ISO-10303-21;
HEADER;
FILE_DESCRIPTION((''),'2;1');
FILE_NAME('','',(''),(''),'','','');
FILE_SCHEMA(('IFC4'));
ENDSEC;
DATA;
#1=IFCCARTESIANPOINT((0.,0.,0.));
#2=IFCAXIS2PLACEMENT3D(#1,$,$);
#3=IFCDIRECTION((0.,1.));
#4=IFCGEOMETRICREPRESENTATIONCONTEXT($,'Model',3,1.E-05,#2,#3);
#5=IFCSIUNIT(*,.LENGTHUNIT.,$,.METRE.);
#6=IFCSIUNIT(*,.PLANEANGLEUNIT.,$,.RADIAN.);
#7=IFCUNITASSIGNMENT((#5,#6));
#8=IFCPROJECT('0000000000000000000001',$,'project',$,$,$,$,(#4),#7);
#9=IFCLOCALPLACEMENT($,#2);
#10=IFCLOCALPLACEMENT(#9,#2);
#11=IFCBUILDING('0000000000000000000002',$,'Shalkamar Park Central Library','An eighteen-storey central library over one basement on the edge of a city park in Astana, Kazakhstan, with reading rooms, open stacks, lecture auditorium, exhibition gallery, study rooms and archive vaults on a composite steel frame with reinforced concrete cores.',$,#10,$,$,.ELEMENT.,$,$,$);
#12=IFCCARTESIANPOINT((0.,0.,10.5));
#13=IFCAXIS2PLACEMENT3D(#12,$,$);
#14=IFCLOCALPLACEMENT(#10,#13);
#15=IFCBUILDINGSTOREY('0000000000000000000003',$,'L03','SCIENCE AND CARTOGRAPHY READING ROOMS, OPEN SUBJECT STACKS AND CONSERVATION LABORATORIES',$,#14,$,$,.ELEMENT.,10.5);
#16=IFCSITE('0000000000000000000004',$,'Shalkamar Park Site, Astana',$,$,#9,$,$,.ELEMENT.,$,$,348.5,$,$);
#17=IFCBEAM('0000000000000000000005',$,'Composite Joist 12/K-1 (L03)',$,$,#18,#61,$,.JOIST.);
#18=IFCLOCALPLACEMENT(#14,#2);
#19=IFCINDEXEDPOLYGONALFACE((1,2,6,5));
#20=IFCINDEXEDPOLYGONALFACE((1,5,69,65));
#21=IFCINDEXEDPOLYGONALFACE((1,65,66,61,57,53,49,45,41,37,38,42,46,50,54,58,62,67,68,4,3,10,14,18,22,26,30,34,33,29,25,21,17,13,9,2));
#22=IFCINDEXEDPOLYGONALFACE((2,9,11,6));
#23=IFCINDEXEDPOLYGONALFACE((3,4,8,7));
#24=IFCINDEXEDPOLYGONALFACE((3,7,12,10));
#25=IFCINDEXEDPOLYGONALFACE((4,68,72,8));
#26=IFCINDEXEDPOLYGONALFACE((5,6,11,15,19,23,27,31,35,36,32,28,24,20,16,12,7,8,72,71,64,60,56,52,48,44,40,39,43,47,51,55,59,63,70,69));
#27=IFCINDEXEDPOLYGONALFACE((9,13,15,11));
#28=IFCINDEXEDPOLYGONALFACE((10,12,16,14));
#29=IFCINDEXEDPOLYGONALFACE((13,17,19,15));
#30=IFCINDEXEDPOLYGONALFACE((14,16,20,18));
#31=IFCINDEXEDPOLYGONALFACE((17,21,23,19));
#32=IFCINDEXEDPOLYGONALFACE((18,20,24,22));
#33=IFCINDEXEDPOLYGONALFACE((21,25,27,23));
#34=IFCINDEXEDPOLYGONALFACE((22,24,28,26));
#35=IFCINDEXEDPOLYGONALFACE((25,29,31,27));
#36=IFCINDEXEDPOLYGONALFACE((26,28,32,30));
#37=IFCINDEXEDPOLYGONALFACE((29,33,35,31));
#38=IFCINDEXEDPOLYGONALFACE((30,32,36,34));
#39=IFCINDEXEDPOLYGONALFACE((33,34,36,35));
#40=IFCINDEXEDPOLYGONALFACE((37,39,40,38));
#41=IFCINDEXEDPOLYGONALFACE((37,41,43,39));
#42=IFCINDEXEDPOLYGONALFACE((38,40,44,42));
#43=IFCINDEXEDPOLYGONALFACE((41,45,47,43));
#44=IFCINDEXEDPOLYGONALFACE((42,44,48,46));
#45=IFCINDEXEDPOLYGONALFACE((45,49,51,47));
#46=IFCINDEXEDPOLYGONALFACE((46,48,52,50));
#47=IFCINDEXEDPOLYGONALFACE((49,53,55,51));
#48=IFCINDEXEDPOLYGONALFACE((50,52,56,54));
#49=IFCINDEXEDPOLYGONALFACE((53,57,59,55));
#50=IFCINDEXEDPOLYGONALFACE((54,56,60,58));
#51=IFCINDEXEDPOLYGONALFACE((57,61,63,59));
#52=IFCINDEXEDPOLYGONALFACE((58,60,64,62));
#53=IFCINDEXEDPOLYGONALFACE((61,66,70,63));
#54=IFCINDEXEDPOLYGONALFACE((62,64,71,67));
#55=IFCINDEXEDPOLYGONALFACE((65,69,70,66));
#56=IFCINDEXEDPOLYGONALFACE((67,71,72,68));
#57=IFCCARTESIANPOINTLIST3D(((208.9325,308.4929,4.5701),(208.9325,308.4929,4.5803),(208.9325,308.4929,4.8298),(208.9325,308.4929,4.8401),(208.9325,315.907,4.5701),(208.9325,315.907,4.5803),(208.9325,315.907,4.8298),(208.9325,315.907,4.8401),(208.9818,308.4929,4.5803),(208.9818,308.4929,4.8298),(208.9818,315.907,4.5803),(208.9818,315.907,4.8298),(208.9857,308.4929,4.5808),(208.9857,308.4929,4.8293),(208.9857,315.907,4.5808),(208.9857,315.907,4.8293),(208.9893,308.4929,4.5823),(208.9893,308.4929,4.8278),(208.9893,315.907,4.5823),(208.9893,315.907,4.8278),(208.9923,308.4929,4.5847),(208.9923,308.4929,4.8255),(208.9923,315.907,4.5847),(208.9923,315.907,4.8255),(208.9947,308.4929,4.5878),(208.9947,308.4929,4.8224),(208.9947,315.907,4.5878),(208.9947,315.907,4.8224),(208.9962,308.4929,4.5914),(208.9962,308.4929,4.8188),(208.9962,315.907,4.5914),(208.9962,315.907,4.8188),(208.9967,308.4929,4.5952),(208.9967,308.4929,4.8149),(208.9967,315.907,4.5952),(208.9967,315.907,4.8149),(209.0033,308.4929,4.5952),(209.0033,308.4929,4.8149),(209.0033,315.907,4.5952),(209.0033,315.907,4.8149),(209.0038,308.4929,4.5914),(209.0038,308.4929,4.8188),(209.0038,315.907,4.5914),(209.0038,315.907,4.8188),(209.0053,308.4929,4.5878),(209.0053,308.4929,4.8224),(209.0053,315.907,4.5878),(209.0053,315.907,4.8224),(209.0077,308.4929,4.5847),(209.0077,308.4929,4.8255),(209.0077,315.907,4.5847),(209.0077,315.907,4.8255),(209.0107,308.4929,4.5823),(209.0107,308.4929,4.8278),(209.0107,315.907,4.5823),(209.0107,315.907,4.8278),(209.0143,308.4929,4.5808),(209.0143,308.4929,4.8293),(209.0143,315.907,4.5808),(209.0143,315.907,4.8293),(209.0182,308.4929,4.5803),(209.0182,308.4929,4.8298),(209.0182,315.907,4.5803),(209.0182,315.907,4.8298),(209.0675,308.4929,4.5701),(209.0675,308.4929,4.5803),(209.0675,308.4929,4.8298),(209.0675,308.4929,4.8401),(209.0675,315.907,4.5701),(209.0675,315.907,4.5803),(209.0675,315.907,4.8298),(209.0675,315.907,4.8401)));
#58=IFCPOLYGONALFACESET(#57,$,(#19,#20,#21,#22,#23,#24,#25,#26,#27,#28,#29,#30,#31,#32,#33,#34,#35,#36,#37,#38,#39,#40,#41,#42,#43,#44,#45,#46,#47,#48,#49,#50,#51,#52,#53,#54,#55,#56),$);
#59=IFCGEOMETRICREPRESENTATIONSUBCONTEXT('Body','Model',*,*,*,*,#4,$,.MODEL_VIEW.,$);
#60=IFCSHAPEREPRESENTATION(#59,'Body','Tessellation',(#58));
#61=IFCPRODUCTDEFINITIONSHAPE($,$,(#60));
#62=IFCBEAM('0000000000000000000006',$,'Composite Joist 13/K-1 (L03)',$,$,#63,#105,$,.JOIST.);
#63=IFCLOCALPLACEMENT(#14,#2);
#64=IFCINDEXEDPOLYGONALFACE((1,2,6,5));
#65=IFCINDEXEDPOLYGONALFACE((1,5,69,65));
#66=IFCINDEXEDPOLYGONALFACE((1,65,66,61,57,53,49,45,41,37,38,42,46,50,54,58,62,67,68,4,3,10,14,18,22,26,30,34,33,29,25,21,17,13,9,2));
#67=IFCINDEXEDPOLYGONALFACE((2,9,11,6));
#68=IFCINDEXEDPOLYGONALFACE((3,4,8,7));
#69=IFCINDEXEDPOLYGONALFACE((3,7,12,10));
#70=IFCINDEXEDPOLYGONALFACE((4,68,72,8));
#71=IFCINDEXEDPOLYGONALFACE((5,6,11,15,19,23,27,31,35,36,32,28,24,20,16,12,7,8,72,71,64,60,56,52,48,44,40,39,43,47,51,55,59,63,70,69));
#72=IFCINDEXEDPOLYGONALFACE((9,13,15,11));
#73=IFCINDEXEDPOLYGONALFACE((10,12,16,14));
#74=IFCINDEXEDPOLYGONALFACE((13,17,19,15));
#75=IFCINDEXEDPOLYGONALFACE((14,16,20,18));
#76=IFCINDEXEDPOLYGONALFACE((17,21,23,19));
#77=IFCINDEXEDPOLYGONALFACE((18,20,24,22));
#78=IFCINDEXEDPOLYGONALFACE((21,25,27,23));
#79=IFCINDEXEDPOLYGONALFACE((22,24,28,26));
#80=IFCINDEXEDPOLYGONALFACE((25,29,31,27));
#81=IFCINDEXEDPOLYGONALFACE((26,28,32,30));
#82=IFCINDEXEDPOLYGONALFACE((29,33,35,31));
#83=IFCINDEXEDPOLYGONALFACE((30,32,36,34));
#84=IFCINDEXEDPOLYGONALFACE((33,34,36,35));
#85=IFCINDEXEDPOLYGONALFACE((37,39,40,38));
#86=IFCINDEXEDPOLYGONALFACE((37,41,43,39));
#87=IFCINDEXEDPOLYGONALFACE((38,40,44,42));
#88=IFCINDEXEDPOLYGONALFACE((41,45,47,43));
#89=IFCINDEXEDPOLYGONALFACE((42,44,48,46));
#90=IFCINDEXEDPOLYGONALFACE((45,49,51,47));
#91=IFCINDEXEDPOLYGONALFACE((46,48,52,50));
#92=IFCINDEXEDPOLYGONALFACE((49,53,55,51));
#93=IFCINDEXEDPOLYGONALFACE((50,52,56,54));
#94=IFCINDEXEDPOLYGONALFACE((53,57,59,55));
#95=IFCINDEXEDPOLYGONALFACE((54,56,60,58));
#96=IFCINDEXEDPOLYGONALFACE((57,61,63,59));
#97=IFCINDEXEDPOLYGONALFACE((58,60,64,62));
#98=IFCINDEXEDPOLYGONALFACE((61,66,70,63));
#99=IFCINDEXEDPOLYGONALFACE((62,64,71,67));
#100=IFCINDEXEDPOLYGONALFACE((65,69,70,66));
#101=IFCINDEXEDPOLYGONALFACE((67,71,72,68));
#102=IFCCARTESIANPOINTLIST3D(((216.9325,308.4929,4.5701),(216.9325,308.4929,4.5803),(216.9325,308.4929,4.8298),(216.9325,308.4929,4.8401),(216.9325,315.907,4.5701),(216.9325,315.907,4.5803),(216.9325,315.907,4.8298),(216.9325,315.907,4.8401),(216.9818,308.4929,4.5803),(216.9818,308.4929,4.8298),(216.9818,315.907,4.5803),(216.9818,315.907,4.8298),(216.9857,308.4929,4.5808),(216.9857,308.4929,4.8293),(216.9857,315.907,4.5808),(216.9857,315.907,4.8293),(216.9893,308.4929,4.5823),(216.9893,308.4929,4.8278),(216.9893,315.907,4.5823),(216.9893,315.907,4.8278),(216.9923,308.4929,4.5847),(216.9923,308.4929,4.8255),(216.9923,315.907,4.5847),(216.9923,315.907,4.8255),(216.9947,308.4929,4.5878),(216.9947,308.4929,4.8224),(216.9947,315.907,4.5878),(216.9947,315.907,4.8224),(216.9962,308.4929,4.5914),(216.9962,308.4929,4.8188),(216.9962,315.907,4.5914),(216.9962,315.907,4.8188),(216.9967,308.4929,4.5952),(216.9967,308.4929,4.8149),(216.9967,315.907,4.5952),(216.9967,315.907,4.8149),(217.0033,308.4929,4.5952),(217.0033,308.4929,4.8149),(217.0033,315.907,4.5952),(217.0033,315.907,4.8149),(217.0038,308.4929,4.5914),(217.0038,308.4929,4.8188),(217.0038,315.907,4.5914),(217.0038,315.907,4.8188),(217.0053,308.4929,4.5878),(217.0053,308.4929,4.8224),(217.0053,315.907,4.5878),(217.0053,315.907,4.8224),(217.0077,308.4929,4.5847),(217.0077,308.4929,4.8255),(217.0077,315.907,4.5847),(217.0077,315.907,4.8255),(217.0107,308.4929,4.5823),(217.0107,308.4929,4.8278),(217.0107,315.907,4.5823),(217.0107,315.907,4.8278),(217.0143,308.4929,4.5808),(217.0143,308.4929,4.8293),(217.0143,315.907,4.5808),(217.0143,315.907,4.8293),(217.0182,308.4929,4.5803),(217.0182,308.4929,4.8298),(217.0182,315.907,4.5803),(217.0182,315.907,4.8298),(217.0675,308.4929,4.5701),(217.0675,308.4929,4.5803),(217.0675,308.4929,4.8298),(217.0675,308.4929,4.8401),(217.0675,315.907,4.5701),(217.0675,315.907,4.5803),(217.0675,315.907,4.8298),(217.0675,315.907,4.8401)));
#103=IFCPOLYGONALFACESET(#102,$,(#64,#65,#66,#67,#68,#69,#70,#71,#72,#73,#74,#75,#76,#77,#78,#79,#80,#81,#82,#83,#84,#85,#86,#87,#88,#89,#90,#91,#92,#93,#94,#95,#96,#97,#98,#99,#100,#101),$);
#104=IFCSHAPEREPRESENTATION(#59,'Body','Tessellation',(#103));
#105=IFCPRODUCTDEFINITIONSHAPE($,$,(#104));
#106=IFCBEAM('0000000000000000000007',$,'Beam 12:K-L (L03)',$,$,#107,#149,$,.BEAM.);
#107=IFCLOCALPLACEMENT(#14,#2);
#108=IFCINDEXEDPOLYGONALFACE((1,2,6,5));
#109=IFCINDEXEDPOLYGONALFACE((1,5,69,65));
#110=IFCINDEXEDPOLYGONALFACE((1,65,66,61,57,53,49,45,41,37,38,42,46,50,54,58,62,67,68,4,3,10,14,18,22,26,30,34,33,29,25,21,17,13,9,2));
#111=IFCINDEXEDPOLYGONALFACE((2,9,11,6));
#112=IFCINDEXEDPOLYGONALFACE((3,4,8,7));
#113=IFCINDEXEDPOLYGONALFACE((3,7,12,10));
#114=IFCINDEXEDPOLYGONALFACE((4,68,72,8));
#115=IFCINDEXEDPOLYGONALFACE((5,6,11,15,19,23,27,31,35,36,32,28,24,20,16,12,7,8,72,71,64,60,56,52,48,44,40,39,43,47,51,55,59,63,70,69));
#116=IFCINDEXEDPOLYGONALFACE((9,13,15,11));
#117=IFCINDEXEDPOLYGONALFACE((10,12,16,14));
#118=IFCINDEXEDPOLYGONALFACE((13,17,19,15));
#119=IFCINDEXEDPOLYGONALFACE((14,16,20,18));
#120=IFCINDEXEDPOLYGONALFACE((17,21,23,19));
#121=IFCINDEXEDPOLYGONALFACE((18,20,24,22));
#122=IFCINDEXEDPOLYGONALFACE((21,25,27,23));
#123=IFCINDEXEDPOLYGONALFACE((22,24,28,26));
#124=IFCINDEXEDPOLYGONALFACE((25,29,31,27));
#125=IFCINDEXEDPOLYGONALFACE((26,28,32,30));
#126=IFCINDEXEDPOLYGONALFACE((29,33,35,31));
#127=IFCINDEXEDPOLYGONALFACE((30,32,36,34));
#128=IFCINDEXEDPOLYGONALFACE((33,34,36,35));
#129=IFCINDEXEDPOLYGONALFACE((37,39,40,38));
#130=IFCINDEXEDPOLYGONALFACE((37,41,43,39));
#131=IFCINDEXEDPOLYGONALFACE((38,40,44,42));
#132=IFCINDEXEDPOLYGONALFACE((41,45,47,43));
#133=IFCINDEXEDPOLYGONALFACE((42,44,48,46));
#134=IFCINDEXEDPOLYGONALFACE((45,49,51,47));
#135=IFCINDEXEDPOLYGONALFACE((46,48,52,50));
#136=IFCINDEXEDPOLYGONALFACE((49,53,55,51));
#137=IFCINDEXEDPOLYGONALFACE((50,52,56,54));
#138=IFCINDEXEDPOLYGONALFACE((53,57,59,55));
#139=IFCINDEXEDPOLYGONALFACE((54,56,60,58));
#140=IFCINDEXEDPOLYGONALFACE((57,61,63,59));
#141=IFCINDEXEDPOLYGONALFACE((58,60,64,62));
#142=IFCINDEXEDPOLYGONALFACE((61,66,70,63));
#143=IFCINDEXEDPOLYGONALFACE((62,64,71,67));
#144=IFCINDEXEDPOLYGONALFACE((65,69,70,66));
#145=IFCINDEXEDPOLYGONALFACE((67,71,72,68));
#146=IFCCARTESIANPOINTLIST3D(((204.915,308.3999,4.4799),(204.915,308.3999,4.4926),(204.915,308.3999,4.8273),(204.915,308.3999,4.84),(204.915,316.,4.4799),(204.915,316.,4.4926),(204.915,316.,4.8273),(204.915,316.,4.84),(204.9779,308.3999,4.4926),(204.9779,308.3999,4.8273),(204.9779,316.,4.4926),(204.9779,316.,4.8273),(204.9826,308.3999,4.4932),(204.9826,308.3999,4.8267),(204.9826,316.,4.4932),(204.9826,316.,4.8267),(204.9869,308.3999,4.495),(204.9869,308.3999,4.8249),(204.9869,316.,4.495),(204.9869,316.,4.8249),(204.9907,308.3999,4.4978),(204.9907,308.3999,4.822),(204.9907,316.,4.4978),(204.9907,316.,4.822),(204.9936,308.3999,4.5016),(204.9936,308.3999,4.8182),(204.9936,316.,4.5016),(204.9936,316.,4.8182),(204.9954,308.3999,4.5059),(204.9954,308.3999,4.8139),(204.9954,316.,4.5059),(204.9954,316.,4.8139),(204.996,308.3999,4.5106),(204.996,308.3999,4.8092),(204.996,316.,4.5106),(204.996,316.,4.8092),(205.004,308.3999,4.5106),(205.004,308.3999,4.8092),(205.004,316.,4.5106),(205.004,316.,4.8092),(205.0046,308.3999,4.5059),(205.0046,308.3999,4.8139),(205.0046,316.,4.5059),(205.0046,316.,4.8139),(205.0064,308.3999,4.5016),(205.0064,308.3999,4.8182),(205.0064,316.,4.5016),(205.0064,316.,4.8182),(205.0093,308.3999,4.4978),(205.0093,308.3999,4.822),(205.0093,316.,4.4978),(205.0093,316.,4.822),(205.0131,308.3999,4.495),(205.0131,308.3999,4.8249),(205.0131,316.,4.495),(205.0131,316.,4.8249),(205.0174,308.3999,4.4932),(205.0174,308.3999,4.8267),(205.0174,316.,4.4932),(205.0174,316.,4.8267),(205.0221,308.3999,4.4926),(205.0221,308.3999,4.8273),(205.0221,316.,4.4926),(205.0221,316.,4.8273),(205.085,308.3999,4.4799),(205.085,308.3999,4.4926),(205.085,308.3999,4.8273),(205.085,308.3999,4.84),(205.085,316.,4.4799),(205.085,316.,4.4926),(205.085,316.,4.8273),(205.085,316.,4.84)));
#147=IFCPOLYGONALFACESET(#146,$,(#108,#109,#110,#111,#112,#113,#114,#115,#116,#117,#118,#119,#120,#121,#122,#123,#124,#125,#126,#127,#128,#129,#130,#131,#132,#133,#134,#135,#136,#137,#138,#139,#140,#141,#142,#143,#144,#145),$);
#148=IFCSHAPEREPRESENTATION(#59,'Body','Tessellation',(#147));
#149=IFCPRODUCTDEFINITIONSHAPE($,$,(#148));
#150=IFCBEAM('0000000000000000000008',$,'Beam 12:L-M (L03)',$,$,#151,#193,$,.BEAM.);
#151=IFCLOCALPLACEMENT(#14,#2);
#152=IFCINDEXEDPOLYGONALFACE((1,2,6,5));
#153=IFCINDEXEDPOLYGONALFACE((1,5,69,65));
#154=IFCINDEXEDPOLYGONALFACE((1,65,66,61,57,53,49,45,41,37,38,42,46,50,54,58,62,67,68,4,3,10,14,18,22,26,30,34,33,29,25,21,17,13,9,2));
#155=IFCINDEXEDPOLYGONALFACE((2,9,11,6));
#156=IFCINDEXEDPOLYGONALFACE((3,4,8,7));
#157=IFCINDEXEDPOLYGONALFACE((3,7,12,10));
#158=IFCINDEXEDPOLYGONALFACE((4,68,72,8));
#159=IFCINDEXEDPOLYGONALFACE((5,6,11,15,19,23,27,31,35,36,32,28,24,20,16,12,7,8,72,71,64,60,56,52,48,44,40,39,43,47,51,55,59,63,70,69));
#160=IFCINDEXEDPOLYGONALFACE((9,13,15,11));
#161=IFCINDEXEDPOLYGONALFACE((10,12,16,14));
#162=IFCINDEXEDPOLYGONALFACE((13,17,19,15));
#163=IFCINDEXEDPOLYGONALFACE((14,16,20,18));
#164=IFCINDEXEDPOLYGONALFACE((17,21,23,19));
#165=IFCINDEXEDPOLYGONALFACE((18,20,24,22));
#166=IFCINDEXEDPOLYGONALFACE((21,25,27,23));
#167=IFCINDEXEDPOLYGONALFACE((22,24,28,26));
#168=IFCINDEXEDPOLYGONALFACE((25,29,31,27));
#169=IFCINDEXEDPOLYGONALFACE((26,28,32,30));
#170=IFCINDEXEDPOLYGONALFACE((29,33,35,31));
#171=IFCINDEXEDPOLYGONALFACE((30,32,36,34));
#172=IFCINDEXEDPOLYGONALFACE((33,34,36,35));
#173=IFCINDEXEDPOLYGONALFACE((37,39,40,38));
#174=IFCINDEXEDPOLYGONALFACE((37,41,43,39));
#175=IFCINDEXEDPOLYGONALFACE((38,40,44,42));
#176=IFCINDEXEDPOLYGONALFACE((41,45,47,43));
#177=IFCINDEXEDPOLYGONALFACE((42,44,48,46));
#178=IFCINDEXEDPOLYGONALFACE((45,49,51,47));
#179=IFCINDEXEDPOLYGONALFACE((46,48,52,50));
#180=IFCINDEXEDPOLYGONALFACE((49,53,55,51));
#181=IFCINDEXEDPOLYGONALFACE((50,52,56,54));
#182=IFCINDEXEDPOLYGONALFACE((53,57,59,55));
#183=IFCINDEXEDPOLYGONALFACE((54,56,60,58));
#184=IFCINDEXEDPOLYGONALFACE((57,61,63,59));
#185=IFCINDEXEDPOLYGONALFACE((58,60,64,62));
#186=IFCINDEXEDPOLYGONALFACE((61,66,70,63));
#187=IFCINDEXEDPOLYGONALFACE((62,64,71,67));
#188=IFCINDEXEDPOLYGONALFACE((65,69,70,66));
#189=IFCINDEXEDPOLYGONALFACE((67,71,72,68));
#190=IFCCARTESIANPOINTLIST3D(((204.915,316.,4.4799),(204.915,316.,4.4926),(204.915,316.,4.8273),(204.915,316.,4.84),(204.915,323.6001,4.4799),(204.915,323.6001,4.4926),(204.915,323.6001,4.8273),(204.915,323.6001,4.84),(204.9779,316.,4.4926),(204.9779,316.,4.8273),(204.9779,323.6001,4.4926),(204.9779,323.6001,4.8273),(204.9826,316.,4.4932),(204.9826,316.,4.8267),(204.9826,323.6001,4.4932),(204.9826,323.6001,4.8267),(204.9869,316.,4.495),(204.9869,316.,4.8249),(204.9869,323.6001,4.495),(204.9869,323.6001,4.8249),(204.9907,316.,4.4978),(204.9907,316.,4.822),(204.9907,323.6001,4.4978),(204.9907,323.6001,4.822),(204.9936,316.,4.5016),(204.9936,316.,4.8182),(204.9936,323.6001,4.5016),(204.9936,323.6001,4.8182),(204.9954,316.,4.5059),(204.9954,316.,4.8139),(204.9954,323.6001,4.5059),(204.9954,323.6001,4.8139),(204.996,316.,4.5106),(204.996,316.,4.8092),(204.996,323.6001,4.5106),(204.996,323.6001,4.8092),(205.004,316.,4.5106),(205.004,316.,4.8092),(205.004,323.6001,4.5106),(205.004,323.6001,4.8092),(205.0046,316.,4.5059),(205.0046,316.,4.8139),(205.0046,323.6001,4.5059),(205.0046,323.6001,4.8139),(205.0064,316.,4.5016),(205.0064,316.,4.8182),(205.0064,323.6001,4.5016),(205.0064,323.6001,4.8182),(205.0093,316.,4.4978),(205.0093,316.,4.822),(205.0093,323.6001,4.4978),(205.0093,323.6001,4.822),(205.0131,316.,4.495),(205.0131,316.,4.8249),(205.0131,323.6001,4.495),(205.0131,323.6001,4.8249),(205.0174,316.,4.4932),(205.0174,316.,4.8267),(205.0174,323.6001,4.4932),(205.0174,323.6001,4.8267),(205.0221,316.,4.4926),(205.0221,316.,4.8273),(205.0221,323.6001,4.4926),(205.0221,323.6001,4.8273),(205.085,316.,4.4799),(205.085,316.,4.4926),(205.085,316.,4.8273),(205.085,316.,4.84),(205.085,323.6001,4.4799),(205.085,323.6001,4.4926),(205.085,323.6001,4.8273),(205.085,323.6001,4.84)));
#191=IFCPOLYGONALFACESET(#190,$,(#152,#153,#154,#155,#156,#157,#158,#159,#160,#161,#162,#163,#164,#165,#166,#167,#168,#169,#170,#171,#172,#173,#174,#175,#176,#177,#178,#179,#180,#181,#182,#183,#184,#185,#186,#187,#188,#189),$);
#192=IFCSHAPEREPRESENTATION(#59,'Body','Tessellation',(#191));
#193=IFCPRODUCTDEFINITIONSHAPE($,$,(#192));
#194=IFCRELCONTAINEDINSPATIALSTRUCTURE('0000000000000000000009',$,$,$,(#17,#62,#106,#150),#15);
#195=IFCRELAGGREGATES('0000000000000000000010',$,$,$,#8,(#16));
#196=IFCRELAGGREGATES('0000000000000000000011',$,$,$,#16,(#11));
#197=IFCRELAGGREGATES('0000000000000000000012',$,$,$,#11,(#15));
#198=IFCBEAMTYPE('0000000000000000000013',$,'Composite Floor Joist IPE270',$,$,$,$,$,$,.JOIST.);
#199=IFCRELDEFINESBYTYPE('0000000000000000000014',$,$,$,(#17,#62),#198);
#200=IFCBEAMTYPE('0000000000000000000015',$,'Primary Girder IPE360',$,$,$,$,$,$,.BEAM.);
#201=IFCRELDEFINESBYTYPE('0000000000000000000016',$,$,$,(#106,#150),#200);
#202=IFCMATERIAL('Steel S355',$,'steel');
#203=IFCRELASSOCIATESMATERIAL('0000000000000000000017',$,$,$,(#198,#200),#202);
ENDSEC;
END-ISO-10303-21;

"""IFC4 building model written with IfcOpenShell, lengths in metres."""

from ifc_helpers import new_model, si_unit, direction, frame, origin, origin_2d, place, context, subcontext, project, spatial, i_section, extrude, material, material_profile, profile_set, type_object, element, save


model = new_model("IFC4")

# Units and contexts
model_context = context("Model", 3, precision=1e-05, world=origin(), true_north=direction((0.0, 1.0)))
body_context = subcontext(model_context, "Body", "Model", "MODEL_VIEW")
ifc_project = project(units=[si_unit("LENGTHUNIT", "METRE"), si_unit("PLANEANGLEUNIT", "RADIAN")], contexts=[model_context])

# Site, building, storey
site_placement = place(None, origin())
site = spatial("IfcSite", under=ifc_project, at=site_placement, Name="Shalkamar Park Site, Astana", CompositionType="ELEMENT", RefElevation=348.5)
building_placement = place(site_placement, origin())
building = spatial("IfcBuilding", under=site, at=building_placement, Name="Shalkamar Park Central Library", Description="An eighteen-storey central library over one basement on the edge of a city park in Astana, Kazakhstan, with reading rooms, open stacks, lecture auditorium, exhibition gallery, study rooms and archive vaults on a composite steel frame with reinforced concrete cores.", CompositionType="ELEMENT")
storey_placement = place(building_placement, frame((0.0, 0.0, 10.5)))
storey = spatial("IfcBuildingStorey", under=building, at=storey_placement, Name="L03", Description="SCIENCE AND CARTOGRAPHY READING ROOMS, OPEN SUBJECT STACKS AND CONSERVATION LABORATORIES", CompositionType="ELEMENT", Elevation=10.5)

# Shared definitions
ifc_material = material(Name="Steel S355", Category="steel")

# Beams
ifc_material_profile_1 = material_profile(ifc_material, i_section(OverallWidth=0.135, OverallDepth=0.27, WebThickness=0.0066, FlangeThickness=0.0103, FilletRadius=0.0149, at=origin_2d()), Name="IPE 270")
ifc_profile_set_1 = profile_set([ifc_material_profile_1], Name="Steel S355")
beam_type_1 = type_object("IfcBeamType", Name="Composite Floor Joist IPE270", PredefinedType="JOIST", material=ifc_profile_set_1)
for number, where, z_axis, x_axis, name in (
    (1, (209.0, 308.4929, 4.7051), (0.0, 1.0, 0.0), (-1.0, 0.0, 0.0), "Composite Joist 12/K-1 (L03)"),
    (2, (217.0, 308.4929, 4.7051), (0.0, 1.0, 0.0), (-1.0, 0.0, 0.0), "Composite Joist 13/K-1 (L03)"),
):
    element("IfcBeam", number, at=place(storey_placement, frame(where, z_axis=z_axis, x_axis=x_axis)), inside=storey, type_object=beam_type_1, Name=name, PredefinedType="JOIST", context=body_context, shape_type="SweptSolid", body=[
        extrude(i_section(OverallWidth=0.135, OverallDepth=0.27, WebThickness=0.0066, FlangeThickness=0.0103, FilletRadius=0.0149, at=origin_2d()), origin(), (0.0, 0.0, 1.0), 7.4141),
    ])
ifc_material_profile_2 = material_profile(ifc_material, i_section(OverallWidth=0.1699, OverallDepth=0.3601, WebThickness=0.0081, FlangeThickness=0.0127, FilletRadius=0.0181, at=origin_2d()), Name="IPE 360")
ifc_profile_set_2 = profile_set([ifc_material_profile_2], Name="Steel S355")
beam_type_2 = type_object("IfcBeamType", Name="Primary Girder IPE360", PredefinedType="BEAM", material=ifc_profile_set_2)
for number, where, z_axis, x_axis, name in (
    (3, (205.0, 308.3999, 4.6599), (0.0, 1.0, 0.0), (-1.0, 0.0, 0.0), "Beam 12:K-L (L03)"),
    (4, (205.0, 316.0, 4.6599), (0.0, 1.0, 0.0), (-1.0, 0.0, 0.0), "Beam 12:L-M (L03)"),
):
    element("IfcBeam", number, at=place(storey_placement, frame(where, z_axis=z_axis, x_axis=x_axis)), inside=storey, type_object=beam_type_2, Name=name, PredefinedType="BEAM", context=body_context, shape_type="SweptSolid", body=[
        extrude(i_section(OverallWidth=0.1699, OverallDepth=0.3601, WebThickness=0.0081, FlangeThickness=0.0127, FilletRadius=0.0181, at=origin_2d()), origin(), (0.0, 0.0, 1.0), 7.6001),
    ])

save(model, "model.ifc")
